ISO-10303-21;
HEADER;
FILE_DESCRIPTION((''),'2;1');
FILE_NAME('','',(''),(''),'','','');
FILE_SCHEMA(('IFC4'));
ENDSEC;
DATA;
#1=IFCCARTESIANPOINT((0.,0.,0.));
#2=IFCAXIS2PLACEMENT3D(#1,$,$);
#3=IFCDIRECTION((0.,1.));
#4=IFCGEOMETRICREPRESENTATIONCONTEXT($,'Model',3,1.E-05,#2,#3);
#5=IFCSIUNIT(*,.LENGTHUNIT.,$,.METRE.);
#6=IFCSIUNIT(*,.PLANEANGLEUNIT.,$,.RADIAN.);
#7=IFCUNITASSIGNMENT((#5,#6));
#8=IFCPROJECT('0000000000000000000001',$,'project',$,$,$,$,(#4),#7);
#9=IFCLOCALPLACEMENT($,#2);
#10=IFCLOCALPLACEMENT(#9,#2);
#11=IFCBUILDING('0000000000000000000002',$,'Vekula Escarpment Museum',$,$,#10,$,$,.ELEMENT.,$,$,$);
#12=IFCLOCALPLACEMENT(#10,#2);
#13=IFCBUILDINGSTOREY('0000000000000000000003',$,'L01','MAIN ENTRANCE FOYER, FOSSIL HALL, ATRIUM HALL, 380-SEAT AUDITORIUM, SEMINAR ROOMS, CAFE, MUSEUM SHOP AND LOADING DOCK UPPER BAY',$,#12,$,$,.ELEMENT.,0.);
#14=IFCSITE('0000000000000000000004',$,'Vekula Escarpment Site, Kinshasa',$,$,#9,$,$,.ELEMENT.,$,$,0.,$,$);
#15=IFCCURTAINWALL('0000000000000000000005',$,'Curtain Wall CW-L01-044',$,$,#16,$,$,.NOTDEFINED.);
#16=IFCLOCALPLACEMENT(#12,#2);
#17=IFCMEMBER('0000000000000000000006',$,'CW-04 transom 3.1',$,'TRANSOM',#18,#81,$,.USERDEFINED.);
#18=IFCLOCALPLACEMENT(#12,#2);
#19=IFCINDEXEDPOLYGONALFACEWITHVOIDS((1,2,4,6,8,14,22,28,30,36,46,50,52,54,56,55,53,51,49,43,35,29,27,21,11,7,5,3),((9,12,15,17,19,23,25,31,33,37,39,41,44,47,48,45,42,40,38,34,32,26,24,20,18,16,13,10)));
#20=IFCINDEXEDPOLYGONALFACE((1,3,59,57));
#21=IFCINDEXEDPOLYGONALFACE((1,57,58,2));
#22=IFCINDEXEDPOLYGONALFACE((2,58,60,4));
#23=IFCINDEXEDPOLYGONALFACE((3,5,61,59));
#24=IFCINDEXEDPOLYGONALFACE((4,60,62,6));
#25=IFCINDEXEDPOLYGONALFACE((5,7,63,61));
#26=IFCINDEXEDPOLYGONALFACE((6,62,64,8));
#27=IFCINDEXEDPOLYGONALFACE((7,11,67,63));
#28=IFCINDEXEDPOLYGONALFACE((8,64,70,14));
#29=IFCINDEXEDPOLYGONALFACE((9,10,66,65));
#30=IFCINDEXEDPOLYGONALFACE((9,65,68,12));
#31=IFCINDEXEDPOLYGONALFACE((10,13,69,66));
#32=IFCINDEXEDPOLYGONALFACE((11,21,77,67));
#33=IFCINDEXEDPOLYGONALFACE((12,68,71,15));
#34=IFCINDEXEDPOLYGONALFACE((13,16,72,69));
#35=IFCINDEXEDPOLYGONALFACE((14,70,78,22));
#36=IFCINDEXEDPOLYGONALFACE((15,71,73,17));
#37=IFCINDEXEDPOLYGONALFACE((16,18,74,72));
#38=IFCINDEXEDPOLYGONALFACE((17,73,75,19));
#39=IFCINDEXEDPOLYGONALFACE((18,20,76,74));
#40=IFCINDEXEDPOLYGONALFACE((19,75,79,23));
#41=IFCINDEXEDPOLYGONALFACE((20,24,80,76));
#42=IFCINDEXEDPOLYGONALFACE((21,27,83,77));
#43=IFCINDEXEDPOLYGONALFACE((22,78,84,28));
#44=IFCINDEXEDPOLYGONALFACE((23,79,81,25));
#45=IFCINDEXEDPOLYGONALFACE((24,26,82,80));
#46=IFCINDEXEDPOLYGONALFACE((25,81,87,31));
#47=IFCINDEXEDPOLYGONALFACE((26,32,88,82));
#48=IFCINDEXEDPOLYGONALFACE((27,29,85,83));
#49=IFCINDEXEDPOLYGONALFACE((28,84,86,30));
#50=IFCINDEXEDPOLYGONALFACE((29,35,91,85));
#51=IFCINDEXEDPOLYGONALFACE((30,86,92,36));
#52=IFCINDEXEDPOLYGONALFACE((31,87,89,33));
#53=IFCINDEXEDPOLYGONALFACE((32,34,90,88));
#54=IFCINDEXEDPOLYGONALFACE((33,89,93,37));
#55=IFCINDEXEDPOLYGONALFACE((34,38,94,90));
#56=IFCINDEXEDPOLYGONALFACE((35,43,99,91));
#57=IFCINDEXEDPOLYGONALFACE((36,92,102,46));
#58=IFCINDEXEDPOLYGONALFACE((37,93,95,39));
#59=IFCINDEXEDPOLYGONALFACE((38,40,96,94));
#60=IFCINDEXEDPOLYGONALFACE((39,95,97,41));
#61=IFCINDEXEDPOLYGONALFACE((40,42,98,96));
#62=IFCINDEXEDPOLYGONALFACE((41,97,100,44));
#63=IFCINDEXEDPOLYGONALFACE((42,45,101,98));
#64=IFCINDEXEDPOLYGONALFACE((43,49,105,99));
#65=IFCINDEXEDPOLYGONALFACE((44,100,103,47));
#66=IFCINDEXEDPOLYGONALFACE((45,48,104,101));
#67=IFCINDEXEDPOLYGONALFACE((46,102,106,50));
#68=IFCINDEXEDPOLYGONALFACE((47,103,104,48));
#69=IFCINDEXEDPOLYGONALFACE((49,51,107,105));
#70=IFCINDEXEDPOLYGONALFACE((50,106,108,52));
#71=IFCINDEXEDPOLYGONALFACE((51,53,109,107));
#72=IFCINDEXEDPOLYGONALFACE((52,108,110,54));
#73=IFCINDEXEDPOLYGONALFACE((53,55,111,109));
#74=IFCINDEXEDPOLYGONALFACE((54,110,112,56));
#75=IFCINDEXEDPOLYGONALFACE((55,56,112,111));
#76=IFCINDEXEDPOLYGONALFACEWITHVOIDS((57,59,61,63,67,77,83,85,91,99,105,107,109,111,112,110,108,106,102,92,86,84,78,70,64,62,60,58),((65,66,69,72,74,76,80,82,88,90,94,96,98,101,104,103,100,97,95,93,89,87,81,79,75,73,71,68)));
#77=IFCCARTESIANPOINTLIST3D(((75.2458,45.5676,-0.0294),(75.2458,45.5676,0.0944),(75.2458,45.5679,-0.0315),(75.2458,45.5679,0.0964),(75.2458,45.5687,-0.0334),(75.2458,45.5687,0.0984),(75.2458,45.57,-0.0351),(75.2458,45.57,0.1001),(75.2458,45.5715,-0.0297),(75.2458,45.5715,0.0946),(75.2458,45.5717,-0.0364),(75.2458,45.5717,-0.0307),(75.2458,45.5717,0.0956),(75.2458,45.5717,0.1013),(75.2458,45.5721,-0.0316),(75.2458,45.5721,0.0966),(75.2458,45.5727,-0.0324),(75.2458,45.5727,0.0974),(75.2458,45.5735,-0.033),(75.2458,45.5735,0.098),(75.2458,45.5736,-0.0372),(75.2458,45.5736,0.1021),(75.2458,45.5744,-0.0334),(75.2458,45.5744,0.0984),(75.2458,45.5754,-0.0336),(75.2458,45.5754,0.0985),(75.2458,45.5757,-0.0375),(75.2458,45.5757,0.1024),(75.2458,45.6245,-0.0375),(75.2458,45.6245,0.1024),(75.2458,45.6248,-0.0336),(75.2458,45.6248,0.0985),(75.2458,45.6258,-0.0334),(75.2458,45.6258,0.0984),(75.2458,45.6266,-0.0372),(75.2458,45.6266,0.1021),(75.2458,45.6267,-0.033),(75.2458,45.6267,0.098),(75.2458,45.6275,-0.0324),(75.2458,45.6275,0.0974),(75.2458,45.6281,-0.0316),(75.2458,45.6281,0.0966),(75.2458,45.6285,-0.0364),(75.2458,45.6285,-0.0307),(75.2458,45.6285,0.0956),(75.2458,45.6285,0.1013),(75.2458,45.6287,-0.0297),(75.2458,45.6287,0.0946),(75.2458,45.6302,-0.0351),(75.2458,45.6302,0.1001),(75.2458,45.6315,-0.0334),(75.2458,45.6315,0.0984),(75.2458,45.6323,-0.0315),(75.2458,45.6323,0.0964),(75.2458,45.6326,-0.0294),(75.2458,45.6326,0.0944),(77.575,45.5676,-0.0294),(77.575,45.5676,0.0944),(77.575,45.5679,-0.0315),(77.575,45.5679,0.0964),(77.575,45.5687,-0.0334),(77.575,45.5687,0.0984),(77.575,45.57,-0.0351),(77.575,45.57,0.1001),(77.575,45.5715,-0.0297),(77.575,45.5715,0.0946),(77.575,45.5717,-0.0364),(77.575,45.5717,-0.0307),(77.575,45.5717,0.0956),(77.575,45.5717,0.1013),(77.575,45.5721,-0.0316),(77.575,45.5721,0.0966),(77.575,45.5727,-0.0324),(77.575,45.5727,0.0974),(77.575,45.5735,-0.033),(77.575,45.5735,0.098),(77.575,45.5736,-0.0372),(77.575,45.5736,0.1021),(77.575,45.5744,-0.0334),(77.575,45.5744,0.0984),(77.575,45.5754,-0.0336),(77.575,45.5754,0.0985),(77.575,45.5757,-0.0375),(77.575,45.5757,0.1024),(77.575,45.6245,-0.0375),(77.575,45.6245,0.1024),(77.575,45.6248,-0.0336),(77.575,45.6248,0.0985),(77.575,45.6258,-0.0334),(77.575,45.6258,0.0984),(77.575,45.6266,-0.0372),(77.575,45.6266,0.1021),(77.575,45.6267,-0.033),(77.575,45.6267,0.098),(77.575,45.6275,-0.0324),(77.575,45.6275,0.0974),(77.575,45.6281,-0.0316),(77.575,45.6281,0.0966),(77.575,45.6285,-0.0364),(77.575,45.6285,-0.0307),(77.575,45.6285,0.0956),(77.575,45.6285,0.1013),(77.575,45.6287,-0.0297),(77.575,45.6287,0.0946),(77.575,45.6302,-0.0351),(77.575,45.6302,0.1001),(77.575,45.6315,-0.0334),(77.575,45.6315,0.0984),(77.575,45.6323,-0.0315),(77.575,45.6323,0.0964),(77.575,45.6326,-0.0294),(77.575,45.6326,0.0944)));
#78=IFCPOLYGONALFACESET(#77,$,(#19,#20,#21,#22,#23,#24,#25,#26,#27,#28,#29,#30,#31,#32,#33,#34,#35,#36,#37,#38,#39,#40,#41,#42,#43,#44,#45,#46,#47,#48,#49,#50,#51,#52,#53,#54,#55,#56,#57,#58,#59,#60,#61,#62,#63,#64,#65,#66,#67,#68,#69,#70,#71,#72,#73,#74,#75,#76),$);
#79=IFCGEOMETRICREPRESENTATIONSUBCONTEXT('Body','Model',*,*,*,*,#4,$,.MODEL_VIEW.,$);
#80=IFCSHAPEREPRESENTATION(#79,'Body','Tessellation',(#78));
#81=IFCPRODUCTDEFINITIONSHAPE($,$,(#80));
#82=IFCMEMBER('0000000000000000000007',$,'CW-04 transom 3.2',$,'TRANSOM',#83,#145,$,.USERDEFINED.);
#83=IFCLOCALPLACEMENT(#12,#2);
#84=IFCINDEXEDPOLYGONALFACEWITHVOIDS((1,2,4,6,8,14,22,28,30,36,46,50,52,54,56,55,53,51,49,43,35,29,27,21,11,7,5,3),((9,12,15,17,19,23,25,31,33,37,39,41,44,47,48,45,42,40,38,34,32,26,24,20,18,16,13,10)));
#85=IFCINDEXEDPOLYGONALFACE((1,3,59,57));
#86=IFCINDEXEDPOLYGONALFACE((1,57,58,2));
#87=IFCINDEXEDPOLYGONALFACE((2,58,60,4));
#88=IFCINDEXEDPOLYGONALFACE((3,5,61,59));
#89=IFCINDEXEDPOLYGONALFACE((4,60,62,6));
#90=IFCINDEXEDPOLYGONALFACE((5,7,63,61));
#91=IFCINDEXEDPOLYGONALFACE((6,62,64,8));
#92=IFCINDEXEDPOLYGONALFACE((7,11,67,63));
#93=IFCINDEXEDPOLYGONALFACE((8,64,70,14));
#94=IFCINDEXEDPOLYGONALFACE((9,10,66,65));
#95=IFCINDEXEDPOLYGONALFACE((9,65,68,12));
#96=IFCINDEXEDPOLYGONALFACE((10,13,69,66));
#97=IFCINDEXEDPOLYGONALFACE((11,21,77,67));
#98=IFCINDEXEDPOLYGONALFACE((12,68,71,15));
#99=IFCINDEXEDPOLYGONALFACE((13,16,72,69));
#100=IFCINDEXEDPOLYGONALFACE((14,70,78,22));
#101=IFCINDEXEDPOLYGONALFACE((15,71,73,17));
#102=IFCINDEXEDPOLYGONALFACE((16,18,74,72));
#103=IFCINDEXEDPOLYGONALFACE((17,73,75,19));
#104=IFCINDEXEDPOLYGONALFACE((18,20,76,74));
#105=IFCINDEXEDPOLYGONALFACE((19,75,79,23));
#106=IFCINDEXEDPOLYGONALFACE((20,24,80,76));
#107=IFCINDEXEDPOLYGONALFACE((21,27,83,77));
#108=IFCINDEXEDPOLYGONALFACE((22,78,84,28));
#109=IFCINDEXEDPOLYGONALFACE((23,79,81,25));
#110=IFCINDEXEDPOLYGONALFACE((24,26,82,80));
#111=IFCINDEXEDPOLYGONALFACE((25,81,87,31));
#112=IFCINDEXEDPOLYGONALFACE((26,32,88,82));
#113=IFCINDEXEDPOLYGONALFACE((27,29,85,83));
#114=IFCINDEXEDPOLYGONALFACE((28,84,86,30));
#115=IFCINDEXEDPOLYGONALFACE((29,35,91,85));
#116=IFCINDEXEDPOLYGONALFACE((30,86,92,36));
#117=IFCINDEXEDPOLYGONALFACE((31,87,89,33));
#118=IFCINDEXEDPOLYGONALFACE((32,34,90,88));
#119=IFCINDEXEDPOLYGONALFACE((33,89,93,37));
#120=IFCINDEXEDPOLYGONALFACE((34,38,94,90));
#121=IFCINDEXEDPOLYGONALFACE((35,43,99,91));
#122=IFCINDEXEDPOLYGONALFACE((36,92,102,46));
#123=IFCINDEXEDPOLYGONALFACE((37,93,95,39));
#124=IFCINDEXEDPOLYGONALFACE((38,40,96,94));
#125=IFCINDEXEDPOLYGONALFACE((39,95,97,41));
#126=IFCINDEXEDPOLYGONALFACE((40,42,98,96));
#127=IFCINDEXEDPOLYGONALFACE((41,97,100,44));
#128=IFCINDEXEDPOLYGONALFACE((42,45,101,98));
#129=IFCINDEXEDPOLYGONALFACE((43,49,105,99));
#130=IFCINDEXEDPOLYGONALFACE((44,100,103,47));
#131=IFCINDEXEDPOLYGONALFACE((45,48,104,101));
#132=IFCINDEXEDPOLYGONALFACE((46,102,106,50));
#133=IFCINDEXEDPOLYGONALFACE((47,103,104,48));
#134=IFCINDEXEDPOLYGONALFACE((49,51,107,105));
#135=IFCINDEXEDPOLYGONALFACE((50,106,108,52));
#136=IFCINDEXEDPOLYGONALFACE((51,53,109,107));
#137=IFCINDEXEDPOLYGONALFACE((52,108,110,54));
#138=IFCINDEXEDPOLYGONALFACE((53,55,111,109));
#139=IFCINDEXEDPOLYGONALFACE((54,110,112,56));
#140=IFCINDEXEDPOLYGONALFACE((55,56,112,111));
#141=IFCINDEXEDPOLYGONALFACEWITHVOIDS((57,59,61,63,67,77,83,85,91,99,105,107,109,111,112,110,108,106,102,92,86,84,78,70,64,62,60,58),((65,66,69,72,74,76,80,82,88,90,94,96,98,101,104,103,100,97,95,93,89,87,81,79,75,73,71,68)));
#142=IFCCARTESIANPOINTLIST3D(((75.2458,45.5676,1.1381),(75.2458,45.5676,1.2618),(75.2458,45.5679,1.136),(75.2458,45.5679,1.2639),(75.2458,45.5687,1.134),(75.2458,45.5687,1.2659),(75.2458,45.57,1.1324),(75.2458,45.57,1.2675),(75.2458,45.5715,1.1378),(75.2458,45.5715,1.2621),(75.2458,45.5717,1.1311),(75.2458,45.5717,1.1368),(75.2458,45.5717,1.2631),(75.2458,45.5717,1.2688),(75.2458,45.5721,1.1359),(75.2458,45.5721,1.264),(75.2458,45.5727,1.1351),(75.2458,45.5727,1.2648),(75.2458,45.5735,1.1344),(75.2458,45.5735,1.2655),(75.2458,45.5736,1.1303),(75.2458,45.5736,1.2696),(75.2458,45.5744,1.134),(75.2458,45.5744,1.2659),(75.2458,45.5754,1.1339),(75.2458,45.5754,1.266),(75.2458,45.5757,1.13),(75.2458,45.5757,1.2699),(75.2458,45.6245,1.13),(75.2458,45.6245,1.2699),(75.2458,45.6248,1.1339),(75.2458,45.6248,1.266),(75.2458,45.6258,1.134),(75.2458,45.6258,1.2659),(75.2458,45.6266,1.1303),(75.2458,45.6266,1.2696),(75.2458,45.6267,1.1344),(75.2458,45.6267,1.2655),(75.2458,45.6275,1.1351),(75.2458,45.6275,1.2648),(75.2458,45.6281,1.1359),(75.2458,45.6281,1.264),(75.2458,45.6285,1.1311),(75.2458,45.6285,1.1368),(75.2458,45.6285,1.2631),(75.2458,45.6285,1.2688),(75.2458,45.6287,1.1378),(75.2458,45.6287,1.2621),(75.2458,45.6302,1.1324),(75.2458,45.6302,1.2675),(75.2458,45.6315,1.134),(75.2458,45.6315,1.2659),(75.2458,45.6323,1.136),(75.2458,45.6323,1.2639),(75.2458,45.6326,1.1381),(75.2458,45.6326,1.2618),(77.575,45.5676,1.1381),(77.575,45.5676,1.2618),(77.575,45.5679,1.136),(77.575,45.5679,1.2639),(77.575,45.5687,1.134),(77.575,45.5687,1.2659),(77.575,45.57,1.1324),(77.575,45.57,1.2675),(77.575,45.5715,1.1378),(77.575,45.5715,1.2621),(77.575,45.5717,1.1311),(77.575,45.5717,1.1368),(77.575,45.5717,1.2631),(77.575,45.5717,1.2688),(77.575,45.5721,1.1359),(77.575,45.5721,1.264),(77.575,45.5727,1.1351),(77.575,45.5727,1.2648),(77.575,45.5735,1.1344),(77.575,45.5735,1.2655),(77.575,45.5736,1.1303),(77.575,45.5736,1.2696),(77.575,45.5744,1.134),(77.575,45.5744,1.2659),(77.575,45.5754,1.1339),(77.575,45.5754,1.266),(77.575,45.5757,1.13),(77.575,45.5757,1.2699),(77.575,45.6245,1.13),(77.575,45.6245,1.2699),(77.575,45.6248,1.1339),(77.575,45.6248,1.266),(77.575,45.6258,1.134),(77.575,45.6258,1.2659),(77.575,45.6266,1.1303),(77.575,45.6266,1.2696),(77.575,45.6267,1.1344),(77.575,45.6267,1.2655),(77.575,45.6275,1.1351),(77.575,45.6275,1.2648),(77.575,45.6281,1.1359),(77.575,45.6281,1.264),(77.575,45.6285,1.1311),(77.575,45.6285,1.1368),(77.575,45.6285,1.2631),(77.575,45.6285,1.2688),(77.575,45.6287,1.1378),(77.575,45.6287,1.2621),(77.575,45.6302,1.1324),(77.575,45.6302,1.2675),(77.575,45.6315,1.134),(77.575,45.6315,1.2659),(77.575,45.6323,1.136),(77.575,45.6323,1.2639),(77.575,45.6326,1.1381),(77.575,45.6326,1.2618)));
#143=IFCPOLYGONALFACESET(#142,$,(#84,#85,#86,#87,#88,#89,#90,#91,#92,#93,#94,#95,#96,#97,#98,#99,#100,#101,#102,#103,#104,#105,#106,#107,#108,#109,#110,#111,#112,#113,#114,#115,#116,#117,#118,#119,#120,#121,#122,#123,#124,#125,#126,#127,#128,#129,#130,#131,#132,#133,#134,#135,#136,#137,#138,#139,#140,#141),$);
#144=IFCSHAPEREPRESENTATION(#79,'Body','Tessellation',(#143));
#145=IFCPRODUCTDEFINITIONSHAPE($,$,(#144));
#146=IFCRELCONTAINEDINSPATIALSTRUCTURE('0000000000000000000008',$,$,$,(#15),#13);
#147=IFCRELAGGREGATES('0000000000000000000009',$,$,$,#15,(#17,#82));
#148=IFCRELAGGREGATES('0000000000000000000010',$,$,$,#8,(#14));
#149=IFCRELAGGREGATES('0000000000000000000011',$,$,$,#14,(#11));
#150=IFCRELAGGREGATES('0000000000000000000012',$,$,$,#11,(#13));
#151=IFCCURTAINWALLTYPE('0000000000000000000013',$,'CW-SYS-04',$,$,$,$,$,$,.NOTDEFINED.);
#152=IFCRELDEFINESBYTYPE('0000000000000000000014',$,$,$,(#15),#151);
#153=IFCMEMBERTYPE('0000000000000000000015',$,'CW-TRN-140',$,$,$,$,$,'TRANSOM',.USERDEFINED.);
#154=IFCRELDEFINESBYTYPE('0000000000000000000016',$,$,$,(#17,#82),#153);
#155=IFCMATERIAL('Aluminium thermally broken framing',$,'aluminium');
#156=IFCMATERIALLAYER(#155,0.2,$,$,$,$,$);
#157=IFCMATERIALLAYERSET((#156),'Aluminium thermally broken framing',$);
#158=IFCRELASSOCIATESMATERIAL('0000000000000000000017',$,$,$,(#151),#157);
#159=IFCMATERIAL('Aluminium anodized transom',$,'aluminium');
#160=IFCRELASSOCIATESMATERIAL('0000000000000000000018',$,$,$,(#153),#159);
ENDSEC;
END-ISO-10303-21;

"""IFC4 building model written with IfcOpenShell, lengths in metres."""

from ifc_helpers import new_model, si_unit, direction, frame, origin, origin_2d, place, context, subcontext, project, spatial, hollow_rectangle, extrude, material, layer, layer_set, material_profile, profile_set, type_object, element, aggregate, save


model = new_model("IFC4")

# Units and contexts
model_context = context("Model", 3, precision=1e-05, world=origin(), true_north=direction((0.0, 1.0)))
body_context = subcontext(model_context, "Body", "Model", "MODEL_VIEW")
ifc_project = project(units=[si_unit("LENGTHUNIT", "METRE"), si_unit("PLANEANGLEUNIT", "RADIAN")], contexts=[model_context])

# Site, building, storey
site_placement = place(None, origin())
site = spatial("IfcSite", under=ifc_project, at=site_placement, Name="Vekula Escarpment Site, Kinshasa", CompositionType="ELEMENT", RefElevation=0.0)
building_placement = place(site_placement, origin())
building = spatial("IfcBuilding", under=site, at=building_placement, Name="Vekula Escarpment Museum", CompositionType="ELEMENT")
storey_placement = place(building_placement, origin())
storey = spatial("IfcBuildingStorey", under=building, at=storey_placement, Name="L01", Description="MAIN ENTRANCE FOYER, FOSSIL HALL, ATRIUM HALL, 380-SEAT AUDITORIUM, SEMINAR ROOMS, CAFE, MUSEUM SHOP AND LOADING DOCK UPPER BAY", CompositionType="ELEMENT", Elevation=0.0)

# Curtain wall, members
ifc_material_1 = material(Name="Aluminium thermally broken framing", Category="aluminium")
ifc_layer_1 = layer(ifc_material_1, 0.2)
ifc_layer_set_1 = layer_set([ifc_layer_1], Name="Aluminium thermally broken framing")
curtain_wall_type = type_object("IfcCurtainWallType", Name="CW-SYS-04", PredefinedType="NOTDEFINED", material=ifc_layer_set_1)
curtain_wall_placement = place(storey_placement, origin())
curtain_wall = element("IfcCurtainWall", 1, at=curtain_wall_placement, inside=storey, type_object=curtain_wall_type, Name="Curtain Wall CW-L01-044", PredefinedType="NOTDEFINED")
ifc_material_2 = material(Name="Aluminium anodized transom", Category="aluminium")
ifc_material_profile_1 = material_profile(ifc_material_2, hollow_rectangle(XDim=0.0649, YDim=0.1399, WallThickness=0.0039, InnerFilletRadius=0.0039, OuterFilletRadius=0.0081, at=origin_2d()), Name="ALU 140x65x4")
ifc_profile_set_1 = profile_set([ifc_material_profile_1], Name="Aluminium anodized transom")
member_type_1 = type_object("IfcMemberType", Name="CW-TRN-140", ElementType="TRANSOM", PredefinedType="USERDEFINED", material=ifc_profile_set_1)
member_1_placement = place(storey_placement, frame((75.2458, 45.6001, 0.0325), z_axis=(1.0, 0.0, 0.0), x_axis=(0.0, 1.0, 0.0)))
member_1 = element("IfcMember", 2, at=member_1_placement, type_object=member_type_1, Name="CW-04 transom 3.1", ObjectType="TRANSOM", PredefinedType="USERDEFINED", context=body_context, shape_type="SweptSolid", body=[
    extrude(hollow_rectangle(XDim=0.0649, YDim=0.1399, WallThickness=0.0039, InnerFilletRadius=0.0039, OuterFilletRadius=0.0081, at=origin_2d()), origin(), (0.0, 0.0, 1.0), 2.3291),
])
member_2_placement = place(storey_placement, frame((75.2458, 45.6001, 1.2), z_axis=(1.0, 0.0, 0.0), x_axis=(0.0, 1.0, 0.0)))
member_2 = element("IfcMember", 3, at=member_2_placement, type_object=member_type_1, Name="CW-04 transom 3.2", ObjectType="TRANSOM", PredefinedType="USERDEFINED", context=body_context, shape_type="SweptSolid", body=[
    extrude(hollow_rectangle(XDim=0.0649, YDim=0.1399, WallThickness=0.0039, InnerFilletRadius=0.0039, OuterFilletRadius=0.0081, at=origin_2d()), origin(), (0.0, 0.0, 1.0), 2.3291),
])

aggregate(curtain_wall, [member_1, member_2])

save(model, "model.ifc")
